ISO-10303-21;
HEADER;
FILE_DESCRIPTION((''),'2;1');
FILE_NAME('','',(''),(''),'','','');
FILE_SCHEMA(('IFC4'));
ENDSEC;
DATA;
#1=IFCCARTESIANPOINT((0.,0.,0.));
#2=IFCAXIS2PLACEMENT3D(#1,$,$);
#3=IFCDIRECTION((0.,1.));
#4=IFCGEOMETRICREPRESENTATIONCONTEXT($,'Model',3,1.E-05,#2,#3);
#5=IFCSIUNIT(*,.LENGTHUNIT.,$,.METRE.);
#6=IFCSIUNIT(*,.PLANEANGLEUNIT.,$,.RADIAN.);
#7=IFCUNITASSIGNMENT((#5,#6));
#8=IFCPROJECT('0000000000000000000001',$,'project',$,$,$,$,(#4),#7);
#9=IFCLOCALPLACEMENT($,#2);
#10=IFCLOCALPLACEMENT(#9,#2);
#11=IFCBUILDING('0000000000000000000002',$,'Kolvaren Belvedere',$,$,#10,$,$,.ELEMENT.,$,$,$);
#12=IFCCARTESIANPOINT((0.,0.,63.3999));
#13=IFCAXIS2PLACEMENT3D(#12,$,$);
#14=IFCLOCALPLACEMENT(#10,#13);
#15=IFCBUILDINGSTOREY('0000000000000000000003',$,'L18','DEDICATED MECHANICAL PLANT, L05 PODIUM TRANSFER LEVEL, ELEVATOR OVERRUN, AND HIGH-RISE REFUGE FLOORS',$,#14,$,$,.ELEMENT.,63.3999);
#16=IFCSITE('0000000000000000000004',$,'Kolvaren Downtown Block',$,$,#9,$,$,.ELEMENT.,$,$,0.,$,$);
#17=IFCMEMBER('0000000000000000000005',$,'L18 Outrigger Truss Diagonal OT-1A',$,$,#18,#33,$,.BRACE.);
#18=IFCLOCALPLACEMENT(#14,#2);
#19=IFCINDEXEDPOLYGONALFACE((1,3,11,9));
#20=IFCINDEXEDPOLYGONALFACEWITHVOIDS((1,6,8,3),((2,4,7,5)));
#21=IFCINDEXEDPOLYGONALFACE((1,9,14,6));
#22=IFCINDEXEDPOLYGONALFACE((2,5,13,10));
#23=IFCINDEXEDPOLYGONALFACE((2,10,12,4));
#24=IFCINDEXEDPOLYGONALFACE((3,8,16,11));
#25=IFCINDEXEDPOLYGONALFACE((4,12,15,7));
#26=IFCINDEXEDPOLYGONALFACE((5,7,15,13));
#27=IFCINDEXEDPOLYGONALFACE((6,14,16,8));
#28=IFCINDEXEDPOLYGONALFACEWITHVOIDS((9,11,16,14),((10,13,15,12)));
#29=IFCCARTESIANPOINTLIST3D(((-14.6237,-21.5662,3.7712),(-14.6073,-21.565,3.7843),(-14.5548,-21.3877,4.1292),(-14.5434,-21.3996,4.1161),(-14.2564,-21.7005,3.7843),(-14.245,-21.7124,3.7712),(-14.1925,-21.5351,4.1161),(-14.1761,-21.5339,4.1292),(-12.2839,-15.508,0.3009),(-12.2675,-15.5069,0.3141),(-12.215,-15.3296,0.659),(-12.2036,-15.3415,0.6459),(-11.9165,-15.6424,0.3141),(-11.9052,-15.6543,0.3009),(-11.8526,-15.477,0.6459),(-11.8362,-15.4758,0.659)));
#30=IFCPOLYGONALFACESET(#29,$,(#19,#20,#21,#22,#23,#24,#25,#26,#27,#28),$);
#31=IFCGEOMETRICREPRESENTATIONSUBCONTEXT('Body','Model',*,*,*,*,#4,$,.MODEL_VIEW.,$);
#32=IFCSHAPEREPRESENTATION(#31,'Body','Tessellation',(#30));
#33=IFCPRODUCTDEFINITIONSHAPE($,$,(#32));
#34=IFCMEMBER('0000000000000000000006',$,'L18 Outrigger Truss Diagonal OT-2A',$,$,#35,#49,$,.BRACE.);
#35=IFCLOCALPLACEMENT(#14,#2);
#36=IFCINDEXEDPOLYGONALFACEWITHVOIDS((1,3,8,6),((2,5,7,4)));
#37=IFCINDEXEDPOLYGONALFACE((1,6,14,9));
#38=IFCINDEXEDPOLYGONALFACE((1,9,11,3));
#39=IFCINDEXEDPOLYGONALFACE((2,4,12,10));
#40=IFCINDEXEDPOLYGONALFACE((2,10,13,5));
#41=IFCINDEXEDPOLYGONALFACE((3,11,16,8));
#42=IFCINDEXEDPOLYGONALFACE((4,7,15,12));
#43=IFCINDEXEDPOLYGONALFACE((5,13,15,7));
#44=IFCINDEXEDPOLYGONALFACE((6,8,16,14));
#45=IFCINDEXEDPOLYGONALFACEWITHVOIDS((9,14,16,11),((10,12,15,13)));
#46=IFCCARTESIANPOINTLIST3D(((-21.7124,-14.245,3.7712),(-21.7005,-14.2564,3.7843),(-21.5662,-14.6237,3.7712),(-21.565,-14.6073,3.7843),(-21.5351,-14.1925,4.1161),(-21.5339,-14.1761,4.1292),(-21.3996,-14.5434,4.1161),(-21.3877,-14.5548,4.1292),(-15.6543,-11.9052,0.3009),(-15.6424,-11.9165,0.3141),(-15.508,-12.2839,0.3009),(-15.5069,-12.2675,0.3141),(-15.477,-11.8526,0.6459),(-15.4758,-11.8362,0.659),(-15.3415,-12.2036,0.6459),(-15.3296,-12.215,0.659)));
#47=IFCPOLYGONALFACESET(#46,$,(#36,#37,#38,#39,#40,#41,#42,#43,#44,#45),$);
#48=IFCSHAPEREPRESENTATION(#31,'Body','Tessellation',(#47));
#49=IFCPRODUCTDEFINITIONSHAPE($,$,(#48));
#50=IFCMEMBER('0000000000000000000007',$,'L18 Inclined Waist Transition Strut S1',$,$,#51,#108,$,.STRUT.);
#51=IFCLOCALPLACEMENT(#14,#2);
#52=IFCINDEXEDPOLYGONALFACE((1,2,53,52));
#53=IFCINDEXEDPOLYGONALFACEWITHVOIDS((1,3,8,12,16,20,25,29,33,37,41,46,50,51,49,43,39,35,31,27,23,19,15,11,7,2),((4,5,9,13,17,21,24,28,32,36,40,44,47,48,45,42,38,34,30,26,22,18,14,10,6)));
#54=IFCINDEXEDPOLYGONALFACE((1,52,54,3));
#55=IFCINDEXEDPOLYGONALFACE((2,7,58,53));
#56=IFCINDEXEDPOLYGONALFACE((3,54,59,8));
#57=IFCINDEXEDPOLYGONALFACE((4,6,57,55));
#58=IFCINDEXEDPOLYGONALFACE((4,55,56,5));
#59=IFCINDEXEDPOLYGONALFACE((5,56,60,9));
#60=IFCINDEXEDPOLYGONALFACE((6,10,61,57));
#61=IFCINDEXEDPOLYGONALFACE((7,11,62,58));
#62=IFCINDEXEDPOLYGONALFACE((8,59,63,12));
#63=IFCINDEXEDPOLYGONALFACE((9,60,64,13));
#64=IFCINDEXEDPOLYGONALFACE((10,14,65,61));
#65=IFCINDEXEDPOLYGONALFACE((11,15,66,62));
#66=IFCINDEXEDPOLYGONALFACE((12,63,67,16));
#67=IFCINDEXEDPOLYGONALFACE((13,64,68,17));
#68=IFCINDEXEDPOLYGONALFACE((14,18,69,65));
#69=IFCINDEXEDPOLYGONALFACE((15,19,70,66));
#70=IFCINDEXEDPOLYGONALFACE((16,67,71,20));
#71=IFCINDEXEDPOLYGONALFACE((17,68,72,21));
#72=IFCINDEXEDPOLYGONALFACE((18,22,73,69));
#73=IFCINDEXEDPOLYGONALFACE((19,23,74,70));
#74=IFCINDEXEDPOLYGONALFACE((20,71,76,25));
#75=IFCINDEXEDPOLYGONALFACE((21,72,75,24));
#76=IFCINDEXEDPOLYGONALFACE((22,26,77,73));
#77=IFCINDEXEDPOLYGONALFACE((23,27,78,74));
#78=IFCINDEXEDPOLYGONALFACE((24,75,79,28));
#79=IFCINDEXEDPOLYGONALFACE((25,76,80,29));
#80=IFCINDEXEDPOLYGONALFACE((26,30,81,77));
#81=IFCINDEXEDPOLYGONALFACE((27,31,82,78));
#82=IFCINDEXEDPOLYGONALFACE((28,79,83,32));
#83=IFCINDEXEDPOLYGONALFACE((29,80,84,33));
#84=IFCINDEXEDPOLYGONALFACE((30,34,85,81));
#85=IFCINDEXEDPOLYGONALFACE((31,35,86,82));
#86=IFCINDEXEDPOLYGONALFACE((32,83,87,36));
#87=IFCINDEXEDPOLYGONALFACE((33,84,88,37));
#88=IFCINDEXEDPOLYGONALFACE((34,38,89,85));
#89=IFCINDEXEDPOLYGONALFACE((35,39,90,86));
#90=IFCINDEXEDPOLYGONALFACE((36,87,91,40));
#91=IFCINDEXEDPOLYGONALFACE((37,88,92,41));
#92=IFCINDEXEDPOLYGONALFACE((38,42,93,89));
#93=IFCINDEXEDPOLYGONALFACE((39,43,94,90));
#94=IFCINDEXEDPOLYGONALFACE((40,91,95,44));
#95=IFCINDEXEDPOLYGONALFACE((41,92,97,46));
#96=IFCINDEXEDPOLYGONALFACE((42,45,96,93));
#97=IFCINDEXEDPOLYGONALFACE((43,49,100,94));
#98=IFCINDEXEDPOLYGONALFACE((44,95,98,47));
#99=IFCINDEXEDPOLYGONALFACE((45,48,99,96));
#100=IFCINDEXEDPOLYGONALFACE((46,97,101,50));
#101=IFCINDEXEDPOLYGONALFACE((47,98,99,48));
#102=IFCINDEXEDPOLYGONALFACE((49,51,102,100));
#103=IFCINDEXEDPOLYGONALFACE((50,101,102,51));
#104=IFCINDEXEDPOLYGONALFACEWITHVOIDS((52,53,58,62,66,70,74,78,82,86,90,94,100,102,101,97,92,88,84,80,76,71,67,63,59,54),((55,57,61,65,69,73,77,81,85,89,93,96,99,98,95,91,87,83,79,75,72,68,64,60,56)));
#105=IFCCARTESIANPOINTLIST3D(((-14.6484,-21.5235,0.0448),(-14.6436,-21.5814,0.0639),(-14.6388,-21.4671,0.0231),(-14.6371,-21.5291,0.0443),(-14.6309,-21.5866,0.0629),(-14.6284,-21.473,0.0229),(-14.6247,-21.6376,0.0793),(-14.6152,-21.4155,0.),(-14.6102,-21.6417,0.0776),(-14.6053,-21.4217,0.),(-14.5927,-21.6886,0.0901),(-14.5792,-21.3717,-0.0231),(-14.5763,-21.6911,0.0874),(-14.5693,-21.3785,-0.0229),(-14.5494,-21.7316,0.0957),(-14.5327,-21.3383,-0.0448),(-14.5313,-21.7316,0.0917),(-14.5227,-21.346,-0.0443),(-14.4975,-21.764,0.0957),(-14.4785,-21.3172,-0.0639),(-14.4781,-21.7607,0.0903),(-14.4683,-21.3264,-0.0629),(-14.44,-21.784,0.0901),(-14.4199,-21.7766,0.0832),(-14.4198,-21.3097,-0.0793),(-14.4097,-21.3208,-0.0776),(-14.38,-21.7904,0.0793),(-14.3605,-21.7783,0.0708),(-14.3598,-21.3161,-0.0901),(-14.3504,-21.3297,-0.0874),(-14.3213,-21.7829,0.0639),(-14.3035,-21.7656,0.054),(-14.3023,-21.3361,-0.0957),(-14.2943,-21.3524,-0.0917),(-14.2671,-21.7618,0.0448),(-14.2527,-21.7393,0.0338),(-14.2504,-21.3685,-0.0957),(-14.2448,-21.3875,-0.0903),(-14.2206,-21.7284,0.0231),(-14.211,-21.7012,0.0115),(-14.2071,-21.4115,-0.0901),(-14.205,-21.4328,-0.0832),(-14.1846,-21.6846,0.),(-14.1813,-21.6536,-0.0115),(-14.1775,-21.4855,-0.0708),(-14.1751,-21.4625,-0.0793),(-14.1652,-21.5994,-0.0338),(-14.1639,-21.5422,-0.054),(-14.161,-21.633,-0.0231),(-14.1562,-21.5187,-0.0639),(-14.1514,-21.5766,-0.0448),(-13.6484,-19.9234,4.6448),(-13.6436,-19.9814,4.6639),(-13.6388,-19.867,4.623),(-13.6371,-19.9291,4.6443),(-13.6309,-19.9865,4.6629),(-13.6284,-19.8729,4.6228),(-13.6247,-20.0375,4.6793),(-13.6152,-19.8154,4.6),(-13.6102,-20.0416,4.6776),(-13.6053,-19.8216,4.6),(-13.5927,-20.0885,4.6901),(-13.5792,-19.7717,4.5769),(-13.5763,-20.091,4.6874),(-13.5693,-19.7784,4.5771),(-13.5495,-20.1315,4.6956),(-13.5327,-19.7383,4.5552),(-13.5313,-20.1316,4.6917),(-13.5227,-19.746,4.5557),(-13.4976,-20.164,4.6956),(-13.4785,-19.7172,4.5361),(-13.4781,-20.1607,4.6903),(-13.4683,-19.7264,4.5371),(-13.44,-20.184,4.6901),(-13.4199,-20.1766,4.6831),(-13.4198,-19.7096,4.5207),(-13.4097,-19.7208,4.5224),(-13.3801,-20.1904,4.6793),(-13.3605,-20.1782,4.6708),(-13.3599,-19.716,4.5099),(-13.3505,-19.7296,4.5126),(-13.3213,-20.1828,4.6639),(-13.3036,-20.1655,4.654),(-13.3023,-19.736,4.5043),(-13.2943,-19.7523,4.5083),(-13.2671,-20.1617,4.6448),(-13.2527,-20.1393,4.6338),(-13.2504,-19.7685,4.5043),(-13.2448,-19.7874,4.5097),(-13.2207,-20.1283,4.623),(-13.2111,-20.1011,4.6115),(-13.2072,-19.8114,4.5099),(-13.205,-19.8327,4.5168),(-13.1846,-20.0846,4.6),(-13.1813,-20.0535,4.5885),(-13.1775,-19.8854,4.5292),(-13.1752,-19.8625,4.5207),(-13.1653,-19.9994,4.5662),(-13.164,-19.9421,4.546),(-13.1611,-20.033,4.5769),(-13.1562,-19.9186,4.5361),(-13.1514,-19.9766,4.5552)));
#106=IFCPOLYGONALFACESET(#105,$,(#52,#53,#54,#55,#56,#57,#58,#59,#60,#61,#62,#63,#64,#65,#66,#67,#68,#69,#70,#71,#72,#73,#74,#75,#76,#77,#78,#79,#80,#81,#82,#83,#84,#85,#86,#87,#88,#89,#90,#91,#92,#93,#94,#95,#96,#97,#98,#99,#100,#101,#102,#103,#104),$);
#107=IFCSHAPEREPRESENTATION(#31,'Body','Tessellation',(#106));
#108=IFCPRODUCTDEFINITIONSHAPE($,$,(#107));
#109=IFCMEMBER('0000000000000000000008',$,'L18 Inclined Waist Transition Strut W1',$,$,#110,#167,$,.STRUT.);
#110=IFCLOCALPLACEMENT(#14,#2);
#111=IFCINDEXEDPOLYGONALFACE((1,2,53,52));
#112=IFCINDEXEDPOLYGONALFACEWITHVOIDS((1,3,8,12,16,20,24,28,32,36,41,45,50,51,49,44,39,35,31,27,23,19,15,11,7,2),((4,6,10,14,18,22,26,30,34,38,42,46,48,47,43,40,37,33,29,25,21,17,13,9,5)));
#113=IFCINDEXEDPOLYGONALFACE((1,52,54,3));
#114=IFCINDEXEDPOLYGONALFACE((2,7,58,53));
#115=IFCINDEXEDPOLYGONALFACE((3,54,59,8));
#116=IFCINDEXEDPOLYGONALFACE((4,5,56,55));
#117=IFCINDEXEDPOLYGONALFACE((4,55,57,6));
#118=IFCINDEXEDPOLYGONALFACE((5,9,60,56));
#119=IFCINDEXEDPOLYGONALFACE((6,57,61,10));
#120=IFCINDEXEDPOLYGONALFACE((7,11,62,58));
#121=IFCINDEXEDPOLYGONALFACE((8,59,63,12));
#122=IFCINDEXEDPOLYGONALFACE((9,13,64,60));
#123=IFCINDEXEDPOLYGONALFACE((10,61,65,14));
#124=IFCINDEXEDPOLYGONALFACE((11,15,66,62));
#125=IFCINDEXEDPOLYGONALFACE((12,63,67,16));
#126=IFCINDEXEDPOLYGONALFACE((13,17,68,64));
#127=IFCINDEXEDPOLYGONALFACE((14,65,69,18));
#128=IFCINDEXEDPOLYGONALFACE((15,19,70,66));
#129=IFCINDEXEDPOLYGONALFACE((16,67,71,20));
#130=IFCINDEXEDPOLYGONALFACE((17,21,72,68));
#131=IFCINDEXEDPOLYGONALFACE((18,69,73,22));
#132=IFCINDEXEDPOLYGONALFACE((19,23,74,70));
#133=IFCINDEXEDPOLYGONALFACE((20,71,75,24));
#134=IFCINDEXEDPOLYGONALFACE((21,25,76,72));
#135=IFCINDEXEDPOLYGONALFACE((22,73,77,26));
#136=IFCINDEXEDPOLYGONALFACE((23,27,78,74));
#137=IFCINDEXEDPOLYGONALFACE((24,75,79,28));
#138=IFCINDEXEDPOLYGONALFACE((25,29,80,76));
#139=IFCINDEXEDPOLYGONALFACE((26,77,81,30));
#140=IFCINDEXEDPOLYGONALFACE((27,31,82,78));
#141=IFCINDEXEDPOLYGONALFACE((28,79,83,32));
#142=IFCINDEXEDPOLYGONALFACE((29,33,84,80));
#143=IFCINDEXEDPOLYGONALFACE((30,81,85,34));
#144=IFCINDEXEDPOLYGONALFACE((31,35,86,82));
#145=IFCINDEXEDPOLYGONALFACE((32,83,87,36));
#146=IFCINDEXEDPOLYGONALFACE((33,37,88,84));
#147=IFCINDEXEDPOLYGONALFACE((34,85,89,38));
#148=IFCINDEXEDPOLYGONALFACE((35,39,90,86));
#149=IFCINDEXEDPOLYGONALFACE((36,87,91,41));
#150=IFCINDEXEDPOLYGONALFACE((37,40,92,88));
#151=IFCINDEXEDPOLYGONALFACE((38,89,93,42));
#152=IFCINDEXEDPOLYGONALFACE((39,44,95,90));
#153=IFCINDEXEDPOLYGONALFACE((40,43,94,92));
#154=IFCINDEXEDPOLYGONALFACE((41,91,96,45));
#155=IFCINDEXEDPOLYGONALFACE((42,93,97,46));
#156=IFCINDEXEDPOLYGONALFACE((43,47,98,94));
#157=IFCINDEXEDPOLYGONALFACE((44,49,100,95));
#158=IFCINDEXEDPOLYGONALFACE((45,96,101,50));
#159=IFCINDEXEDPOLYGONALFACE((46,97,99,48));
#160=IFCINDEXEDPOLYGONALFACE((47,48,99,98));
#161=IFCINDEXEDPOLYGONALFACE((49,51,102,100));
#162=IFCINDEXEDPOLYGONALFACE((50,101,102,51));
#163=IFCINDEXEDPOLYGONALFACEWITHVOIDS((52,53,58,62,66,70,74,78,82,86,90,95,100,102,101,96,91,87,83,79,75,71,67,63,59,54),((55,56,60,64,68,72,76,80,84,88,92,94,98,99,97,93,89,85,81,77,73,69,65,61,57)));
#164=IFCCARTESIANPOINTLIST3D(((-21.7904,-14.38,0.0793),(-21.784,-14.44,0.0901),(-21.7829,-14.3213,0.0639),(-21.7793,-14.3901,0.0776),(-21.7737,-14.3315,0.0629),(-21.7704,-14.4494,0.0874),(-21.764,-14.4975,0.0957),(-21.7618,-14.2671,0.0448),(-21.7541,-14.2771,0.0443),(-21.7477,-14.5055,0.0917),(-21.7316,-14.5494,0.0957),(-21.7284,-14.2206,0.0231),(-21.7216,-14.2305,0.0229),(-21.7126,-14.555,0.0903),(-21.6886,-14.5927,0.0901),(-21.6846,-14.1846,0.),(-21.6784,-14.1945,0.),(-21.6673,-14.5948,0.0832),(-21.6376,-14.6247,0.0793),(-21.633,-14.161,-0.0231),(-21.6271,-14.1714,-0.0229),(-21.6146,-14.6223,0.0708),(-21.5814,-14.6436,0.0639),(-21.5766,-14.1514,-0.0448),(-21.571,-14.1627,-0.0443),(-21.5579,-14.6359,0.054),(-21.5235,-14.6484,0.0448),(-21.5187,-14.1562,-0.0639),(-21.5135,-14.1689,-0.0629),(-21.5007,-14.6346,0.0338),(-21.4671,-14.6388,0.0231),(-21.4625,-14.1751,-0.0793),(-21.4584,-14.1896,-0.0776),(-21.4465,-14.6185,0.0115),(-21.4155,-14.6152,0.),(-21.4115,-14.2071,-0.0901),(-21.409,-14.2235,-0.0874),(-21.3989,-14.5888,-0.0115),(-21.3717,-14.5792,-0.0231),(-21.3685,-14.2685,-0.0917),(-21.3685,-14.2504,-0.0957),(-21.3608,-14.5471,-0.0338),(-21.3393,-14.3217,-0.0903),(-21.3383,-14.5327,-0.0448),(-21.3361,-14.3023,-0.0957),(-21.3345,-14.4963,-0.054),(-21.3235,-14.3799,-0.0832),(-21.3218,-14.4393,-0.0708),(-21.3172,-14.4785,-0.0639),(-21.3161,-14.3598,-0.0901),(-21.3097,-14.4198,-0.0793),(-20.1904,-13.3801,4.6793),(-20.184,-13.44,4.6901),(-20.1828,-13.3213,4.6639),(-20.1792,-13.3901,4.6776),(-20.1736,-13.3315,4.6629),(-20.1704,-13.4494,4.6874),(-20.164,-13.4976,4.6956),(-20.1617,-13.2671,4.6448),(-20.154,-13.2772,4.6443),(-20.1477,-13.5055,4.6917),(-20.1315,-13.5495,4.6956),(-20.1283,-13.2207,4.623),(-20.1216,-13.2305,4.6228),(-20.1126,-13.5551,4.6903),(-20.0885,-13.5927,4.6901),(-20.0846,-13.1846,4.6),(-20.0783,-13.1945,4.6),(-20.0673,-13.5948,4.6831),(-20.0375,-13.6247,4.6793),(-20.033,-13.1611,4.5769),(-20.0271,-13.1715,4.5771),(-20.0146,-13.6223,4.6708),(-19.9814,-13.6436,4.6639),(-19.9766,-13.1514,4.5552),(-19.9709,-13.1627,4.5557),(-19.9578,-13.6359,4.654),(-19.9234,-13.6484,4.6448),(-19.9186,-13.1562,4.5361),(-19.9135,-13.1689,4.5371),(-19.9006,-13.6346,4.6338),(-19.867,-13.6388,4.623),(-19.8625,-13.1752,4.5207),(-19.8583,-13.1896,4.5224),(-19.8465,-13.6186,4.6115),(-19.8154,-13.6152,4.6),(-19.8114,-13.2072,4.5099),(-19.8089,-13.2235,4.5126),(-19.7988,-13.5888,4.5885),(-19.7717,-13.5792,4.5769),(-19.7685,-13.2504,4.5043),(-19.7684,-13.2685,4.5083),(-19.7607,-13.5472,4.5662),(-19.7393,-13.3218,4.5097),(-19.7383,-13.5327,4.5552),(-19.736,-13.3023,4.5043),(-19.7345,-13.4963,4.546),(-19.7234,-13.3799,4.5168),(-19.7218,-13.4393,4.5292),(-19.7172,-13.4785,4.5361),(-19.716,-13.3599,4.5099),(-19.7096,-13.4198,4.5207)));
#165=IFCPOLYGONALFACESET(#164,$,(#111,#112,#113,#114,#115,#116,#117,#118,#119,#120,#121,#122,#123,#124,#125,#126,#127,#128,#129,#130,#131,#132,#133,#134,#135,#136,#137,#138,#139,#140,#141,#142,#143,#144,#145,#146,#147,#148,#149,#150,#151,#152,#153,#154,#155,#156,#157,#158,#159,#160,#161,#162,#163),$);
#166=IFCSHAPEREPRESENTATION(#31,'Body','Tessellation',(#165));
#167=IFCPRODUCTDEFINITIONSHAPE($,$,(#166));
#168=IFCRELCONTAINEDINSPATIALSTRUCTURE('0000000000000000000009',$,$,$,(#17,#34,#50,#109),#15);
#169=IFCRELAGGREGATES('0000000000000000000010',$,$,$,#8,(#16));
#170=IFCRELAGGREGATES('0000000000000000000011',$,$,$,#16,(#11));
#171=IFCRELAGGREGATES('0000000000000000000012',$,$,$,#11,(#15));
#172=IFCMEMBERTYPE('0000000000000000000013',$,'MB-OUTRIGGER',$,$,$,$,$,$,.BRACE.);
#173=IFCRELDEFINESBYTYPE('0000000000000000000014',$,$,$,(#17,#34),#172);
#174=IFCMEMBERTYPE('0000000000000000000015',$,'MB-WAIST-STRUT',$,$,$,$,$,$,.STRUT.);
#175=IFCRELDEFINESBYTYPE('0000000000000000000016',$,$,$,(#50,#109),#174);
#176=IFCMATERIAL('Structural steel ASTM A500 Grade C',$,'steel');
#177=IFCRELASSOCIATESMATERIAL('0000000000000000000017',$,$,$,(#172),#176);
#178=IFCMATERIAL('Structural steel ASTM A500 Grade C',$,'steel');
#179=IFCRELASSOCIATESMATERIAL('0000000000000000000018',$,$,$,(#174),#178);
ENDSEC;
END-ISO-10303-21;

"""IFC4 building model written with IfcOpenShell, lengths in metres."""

from ifc_helpers import new_model, si_unit, direction, frame, origin, origin_2d, place, context, subcontext, project, spatial, hollow_rectangle, hollow_circle, extrude, material, material_profile, profile_set, type_object, element, save


model = new_model("IFC4")

# Units and contexts
model_context = context("Model", 3, precision=1e-05, world=origin(), true_north=direction((0.0, 1.0)))
body_context = subcontext(model_context, "Body", "Model", "MODEL_VIEW")
ifc_project = project(units=[si_unit("LENGTHUNIT", "METRE"), si_unit("PLANEANGLEUNIT", "RADIAN")], contexts=[model_context])

# Site, building, storey
site_placement = place(None, origin())
site = spatial("IfcSite", under=ifc_project, at=site_placement, Name="Kolvaren Downtown Block", CompositionType="ELEMENT", RefElevation=0.0)
building_placement = place(site_placement, origin())
building = spatial("IfcBuilding", under=site, at=building_placement, Name="Kolvaren Belvedere", CompositionType="ELEMENT")
storey_placement = place(building_placement, frame((0.0, 0.0, 63.3999)))
storey = spatial("IfcBuildingStorey", under=building, at=storey_placement, Name="L18", Description="DEDICATED MECHANICAL PLANT, L05 PODIUM TRANSFER LEVEL, ELEVATOR OVERRUN, AND HIGH-RISE REFUGE FLOORS", CompositionType="ELEMENT", Elevation=63.3999)

# Members
ifc_material_1 = material(Name="Structural steel ASTM A500 Grade C", Category="steel")
ifc_material_profile_1 = material_profile(ifc_material_1, hollow_rectangle(XDim=0.406, YDim=0.406, WallThickness=0.0149, at=origin_2d()), Name="HSS16X16X5/8")
ifc_profile_set_1 = profile_set([ifc_material_profile_1], Name="Structural steel ASTM A500 Grade C")
member_type_1 = type_object("IfcMemberType", Name="MB-OUTRIGGER", PredefinedType="BRACE", material=ifc_profile_set_1)
for number, where, z_axis, x_axis, name in (
    (1, (-12.0601, -15.4919, 0.48), (-0.317772, -0.822745, 0.471287), (0.932839, -0.360294, 0.0), "L18 Outrigger Truss Diagonal OT-1A"),
    (2, (-15.4919, -12.0601, 0.48), (-0.822745, -0.317772, 0.471287), (0.360294, -0.932839, 0.0), "L18 Outrigger Truss Diagonal OT-2A"),
):
    element("IfcMember", number, at=place(storey_placement, frame(where, z_axis=z_axis, x_axis=x_axis)), inside=storey, type_object=member_type_1, Name=name, PredefinedType="BRACE", context=body_context, shape_type="SweptSolid", body=[
        extrude(hollow_rectangle(XDim=0.406, YDim=0.406, WallThickness=0.0149, at=origin_2d()), origin(), (0.0, 0.0, 1.0), 7.3633),
    ])
ifc_material_2 = material(Name="Structural steel ASTM A500 Grade C", Category="steel")
ifc_material_profile_2 = material_profile(ifc_material_2, hollow_circle(Radius=0.2539, WallThickness=0.0117, at=origin_2d()), Name="HSS20.000X0.500")
ifc_profile_set_2 = profile_set([ifc_material_profile_2], Name="Structural steel ASTM A500 Grade C")
member_type_2 = type_object("IfcMemberType", Name="MB-WAIST-STRUT", PredefinedType="STRUT", material=ifc_profile_set_2)
for number, where, z_axis, x_axis, name in (
    (3, (-14.3999, -21.55, 0.0), (0.201125, 0.321819, 0.925193), (-0.848013, 0.529976, 0.0), "L18 Inclined Waist Transition Strut S1"),
    (4, (-21.55, -14.3999, 0.0), (0.321819, 0.201125, 0.925193), (-0.529976, 0.848013, 0.0), "L18 Inclined Waist Transition Strut W1"),
):
    element("IfcMember", number, at=place(storey_placement, frame(where, z_axis=z_axis, x_axis=x_axis)), inside=storey, type_object=member_type_2, Name=name, PredefinedType="STRUT", context=body_context, shape_type="SweptSolid", body=[
        extrude(hollow_circle(Radius=0.2539, WallThickness=0.0117, at=origin_2d()), origin(), (0.0, 0.0, 1.0), 4.9719),
    ])

save(model, "model.ifc")
